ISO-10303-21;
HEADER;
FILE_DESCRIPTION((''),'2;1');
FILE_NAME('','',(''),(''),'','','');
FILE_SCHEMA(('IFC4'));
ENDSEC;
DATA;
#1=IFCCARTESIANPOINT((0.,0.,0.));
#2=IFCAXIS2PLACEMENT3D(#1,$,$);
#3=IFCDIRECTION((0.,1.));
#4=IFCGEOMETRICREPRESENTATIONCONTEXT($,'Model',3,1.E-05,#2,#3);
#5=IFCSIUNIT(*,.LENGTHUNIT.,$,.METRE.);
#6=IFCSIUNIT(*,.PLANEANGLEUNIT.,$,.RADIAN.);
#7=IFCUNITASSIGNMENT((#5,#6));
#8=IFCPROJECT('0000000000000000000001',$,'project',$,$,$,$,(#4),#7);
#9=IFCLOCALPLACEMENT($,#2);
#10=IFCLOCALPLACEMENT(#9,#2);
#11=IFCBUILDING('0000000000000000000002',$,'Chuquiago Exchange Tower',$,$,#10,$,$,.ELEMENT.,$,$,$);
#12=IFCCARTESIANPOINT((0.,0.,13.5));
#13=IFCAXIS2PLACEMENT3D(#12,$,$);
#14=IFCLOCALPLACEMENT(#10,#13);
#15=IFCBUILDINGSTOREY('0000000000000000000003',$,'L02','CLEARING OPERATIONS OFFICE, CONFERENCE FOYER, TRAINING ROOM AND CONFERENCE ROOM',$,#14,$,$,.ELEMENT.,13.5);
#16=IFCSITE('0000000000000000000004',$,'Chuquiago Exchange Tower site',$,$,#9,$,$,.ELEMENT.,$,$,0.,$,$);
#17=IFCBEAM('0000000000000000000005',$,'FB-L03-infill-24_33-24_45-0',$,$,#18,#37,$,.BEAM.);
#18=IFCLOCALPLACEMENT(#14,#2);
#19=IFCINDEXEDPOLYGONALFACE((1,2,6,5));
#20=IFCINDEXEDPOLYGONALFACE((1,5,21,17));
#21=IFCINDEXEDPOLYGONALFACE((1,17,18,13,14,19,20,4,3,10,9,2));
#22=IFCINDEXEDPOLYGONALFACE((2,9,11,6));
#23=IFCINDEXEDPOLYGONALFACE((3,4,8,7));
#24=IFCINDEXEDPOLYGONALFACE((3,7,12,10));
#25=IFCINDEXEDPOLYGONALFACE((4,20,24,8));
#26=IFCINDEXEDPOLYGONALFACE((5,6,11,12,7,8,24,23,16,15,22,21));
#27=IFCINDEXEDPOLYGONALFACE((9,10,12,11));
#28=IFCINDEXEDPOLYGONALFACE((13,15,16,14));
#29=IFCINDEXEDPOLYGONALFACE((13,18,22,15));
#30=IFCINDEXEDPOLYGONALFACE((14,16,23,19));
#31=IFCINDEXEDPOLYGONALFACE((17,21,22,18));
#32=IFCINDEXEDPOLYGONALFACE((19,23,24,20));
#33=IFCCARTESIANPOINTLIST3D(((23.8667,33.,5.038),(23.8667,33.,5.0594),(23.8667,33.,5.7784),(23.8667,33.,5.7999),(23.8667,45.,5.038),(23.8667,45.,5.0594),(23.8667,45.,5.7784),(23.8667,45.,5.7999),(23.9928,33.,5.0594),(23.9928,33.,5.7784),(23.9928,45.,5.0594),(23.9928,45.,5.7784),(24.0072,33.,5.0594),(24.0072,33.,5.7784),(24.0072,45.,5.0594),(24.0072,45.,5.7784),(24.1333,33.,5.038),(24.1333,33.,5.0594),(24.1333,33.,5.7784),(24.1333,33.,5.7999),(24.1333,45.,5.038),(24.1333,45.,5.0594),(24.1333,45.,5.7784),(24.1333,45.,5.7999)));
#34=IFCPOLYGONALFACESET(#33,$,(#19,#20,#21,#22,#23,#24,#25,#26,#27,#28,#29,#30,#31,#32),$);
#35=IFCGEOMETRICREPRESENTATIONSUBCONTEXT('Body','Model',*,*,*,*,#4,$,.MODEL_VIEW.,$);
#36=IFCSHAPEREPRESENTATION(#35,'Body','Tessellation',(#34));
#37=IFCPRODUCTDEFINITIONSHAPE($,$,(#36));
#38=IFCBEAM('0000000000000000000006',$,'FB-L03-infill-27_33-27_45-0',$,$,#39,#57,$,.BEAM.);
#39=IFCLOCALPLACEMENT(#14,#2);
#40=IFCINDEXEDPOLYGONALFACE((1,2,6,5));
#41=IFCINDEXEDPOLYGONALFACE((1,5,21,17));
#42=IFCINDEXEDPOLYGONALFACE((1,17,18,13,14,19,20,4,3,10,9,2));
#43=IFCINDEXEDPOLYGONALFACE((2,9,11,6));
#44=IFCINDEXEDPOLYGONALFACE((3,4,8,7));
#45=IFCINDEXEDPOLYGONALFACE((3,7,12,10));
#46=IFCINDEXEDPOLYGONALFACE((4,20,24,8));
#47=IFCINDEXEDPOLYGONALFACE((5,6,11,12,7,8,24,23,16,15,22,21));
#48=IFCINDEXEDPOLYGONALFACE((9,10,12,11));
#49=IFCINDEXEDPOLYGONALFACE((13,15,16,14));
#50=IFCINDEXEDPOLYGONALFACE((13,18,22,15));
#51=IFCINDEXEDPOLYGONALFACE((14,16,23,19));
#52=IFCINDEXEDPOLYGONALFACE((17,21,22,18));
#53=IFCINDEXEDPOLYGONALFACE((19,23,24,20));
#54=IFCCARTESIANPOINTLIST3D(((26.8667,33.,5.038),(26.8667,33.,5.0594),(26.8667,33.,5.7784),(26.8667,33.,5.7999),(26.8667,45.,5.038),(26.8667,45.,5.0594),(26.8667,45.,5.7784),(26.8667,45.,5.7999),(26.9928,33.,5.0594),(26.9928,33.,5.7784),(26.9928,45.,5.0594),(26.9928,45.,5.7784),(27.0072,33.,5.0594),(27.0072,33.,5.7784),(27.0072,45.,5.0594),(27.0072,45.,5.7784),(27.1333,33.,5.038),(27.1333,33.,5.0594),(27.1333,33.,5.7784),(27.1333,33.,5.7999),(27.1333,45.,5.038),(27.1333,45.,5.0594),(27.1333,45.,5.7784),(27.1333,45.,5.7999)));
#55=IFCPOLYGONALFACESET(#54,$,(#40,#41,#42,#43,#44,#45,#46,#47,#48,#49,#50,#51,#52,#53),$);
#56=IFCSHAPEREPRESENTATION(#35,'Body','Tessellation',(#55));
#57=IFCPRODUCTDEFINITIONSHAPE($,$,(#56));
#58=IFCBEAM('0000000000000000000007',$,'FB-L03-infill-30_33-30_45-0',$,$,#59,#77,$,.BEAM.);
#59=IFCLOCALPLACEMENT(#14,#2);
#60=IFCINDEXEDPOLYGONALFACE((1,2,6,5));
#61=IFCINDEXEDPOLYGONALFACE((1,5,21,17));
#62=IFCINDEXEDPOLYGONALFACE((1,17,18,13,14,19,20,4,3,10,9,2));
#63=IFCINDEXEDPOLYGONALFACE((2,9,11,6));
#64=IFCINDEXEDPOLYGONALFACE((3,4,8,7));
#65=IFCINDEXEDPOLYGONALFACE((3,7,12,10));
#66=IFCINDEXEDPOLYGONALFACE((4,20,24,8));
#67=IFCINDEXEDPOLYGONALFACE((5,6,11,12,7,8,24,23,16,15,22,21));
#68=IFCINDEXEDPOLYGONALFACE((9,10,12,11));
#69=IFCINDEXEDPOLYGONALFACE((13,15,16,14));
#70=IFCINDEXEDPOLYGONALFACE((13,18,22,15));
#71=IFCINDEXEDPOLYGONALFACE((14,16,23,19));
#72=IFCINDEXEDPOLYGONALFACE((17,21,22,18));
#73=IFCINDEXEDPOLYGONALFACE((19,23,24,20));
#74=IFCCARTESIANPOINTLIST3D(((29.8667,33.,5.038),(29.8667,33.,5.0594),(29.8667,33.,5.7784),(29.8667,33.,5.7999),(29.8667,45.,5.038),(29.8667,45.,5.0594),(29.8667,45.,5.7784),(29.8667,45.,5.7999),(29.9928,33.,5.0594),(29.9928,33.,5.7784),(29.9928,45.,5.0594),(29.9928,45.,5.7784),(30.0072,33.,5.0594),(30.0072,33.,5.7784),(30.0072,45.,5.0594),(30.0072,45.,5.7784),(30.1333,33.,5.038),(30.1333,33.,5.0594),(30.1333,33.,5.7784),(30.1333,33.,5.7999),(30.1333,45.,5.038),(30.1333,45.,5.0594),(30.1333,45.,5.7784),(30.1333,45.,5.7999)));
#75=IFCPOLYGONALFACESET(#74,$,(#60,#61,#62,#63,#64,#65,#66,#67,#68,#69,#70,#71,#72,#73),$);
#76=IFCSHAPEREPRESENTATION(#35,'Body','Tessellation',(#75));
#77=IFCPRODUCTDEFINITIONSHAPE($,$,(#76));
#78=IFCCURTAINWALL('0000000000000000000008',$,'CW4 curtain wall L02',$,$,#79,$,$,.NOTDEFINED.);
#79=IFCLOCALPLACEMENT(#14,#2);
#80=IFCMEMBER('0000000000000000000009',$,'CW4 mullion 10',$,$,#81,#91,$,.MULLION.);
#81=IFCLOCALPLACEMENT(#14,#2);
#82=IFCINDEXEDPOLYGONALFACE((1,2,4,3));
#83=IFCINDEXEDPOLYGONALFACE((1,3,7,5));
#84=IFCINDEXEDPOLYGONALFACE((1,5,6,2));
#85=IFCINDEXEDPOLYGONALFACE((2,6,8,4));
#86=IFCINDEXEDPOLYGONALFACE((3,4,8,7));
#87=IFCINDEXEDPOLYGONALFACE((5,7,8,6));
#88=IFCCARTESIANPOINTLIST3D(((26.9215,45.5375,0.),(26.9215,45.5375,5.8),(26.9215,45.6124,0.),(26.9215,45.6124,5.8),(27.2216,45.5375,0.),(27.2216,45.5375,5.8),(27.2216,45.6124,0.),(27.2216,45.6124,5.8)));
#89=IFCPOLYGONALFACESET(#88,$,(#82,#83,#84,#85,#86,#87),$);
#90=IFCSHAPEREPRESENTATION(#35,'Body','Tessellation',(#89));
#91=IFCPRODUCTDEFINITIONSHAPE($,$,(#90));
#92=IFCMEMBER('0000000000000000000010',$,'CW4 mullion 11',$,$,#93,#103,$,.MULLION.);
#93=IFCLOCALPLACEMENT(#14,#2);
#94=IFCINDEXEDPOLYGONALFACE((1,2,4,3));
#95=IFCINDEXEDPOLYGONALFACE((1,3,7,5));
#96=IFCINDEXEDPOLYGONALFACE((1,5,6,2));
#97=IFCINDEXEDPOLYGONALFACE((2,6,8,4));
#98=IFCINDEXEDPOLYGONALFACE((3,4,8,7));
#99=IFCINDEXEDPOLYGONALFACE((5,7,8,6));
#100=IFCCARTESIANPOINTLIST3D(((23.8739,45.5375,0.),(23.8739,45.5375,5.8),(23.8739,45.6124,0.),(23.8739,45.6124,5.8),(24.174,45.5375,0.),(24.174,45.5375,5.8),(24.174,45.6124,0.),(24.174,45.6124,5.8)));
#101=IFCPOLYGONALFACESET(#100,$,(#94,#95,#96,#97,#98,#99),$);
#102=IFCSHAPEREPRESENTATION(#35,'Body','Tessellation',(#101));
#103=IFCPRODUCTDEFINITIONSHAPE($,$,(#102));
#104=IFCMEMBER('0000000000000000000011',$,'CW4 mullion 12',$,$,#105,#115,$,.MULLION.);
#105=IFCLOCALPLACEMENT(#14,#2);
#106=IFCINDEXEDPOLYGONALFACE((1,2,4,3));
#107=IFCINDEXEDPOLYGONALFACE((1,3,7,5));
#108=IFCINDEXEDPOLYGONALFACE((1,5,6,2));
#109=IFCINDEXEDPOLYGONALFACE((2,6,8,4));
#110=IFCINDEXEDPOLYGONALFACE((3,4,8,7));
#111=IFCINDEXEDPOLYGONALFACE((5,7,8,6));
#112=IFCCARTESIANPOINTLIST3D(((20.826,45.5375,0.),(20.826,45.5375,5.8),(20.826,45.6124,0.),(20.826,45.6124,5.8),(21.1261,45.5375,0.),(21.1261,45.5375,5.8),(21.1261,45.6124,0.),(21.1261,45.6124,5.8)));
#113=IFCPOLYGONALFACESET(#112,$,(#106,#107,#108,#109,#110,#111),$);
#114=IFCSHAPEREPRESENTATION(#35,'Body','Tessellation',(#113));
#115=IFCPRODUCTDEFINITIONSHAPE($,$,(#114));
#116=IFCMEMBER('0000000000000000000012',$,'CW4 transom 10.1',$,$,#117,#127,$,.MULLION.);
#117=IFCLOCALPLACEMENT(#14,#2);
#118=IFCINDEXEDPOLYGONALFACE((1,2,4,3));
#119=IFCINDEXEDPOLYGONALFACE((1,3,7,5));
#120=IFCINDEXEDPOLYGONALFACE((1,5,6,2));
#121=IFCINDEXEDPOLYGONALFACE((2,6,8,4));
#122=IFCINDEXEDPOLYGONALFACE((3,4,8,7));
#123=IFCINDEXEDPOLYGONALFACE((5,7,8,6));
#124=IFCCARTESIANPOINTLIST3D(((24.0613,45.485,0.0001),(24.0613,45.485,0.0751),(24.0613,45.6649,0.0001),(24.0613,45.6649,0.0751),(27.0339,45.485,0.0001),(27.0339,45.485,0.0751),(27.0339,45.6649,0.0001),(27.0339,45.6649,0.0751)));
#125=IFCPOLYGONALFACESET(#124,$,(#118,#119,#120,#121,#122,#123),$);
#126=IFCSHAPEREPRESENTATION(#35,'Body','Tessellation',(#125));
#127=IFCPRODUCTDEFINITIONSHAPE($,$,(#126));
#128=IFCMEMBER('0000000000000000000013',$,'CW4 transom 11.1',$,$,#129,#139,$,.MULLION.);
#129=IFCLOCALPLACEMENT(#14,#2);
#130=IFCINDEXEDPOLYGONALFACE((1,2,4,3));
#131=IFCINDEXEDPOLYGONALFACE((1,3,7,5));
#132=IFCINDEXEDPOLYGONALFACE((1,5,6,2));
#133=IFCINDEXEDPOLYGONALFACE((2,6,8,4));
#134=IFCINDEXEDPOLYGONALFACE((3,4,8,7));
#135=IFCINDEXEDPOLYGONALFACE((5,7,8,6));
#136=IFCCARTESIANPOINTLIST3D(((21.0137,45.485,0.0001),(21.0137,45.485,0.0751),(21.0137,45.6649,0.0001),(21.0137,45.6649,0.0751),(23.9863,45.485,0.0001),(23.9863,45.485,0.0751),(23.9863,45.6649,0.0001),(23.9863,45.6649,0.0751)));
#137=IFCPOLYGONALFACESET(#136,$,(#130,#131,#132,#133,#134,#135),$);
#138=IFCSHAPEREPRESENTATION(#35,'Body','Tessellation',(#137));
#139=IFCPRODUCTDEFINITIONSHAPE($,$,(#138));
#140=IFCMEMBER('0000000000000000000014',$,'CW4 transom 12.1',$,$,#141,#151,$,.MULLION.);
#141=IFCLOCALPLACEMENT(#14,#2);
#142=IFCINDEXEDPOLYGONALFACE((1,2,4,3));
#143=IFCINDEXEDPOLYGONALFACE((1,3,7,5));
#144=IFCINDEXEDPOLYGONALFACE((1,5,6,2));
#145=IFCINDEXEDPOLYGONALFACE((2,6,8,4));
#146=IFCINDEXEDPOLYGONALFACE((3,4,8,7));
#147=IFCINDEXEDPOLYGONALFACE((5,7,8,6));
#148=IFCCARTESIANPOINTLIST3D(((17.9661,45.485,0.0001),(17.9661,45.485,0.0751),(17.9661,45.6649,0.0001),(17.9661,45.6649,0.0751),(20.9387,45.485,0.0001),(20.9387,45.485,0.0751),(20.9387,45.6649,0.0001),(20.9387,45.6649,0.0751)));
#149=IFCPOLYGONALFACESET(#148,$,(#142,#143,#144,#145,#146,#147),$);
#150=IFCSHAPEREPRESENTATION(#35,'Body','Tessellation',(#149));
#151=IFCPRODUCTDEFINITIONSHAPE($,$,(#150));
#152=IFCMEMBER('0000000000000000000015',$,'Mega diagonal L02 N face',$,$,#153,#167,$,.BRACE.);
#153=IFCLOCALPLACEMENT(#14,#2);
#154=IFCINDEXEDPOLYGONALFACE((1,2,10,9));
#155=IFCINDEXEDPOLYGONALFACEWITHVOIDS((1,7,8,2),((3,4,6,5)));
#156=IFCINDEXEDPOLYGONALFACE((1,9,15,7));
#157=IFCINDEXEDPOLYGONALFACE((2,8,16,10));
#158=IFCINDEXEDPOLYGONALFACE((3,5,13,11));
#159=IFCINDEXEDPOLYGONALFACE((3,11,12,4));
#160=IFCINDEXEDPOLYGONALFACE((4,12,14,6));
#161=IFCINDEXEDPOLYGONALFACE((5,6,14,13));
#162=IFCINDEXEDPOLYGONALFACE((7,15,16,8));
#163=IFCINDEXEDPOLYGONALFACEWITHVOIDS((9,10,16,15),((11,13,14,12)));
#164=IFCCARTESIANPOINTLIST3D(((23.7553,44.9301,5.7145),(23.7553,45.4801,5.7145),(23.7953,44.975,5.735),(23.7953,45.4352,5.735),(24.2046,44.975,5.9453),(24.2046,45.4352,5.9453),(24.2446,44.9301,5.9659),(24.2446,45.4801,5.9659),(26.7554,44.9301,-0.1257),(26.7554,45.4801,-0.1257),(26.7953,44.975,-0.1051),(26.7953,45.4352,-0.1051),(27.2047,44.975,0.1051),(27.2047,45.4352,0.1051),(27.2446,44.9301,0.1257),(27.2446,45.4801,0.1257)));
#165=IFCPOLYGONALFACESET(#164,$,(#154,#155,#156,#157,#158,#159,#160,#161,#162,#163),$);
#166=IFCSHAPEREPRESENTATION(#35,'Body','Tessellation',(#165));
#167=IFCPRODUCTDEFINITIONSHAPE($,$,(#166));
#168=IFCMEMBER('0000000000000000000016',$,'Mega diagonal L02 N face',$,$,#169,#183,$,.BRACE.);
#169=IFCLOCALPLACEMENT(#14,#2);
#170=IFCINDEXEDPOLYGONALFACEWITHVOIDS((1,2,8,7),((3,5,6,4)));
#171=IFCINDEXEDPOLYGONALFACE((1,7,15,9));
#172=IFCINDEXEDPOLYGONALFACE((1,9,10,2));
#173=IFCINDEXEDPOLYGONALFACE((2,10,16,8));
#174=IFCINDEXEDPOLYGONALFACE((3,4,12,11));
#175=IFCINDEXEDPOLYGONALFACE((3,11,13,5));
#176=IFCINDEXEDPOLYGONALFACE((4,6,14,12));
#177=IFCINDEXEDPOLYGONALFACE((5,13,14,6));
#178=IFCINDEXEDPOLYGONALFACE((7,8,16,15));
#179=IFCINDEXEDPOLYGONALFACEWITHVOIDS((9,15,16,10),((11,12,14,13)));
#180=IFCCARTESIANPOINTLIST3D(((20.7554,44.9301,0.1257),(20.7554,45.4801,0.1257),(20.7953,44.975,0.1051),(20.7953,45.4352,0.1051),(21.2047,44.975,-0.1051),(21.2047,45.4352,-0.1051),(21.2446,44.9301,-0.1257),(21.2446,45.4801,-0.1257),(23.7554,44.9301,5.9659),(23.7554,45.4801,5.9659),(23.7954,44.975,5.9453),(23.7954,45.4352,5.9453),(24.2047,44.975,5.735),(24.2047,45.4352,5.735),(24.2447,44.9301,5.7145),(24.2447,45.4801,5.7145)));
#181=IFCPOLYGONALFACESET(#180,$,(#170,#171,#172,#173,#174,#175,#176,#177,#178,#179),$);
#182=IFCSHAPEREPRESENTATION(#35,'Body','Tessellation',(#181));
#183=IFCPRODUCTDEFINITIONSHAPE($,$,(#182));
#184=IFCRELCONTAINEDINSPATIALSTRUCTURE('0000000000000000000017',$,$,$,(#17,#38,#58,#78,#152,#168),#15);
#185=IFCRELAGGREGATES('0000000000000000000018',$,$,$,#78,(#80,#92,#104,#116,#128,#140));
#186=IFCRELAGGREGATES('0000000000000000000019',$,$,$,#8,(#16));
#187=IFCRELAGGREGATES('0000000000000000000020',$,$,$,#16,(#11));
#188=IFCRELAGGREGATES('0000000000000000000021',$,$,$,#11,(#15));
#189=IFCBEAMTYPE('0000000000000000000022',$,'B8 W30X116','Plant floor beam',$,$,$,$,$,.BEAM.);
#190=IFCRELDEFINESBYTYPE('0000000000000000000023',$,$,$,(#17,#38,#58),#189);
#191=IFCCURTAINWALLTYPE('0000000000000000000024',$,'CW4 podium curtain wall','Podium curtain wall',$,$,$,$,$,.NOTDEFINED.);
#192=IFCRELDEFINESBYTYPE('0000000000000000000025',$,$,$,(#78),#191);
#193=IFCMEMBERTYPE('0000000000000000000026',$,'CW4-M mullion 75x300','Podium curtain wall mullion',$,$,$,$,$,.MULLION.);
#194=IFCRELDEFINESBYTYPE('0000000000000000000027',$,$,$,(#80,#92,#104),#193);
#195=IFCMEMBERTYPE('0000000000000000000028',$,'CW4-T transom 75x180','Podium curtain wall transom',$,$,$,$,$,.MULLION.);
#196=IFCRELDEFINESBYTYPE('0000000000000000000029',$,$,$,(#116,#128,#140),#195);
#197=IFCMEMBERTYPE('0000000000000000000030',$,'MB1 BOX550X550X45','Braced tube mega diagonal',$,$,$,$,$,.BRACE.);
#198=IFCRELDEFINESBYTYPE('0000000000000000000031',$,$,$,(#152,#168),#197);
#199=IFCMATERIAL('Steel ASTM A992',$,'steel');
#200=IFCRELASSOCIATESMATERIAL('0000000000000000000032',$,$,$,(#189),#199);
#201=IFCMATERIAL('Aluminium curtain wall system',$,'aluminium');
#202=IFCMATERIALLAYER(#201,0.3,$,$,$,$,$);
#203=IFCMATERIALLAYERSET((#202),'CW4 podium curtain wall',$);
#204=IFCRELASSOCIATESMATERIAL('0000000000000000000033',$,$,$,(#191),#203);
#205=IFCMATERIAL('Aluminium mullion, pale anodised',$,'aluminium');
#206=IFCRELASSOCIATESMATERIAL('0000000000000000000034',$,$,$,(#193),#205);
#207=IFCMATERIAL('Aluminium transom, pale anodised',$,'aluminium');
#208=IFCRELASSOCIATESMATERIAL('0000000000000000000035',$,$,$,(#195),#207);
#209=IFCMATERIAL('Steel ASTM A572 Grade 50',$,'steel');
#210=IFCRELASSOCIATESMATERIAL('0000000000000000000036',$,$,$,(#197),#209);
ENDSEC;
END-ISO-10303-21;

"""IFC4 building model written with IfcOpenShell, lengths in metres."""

from ifc_helpers import new_model, si_unit, direction, frame, origin, origin_2d, place, context, subcontext, project, spatial, rectangle, hollow_rectangle, i_section, extrude, material, layer, layer_set, material_profile, profile_set, type_object, element, aggregate, save


model = new_model("IFC4")

# Units and contexts
model_context = context("Model", 3, precision=1e-05, world=origin(), true_north=direction((0.0, 1.0)))
body_context = subcontext(model_context, "Body", "Model", "MODEL_VIEW")
ifc_project = project(units=[si_unit("LENGTHUNIT", "METRE"), si_unit("PLANEANGLEUNIT", "RADIAN")], contexts=[model_context])

# Site, building, storey
site_placement = place(None, origin())
site = spatial("IfcSite", under=ifc_project, at=site_placement, Name="Chuquiago Exchange Tower site", CompositionType="ELEMENT", RefElevation=0.0)
building_placement = place(site_placement, origin())
building = spatial("IfcBuilding", under=site, at=building_placement, Name="Chuquiago Exchange Tower", CompositionType="ELEMENT")
storey_placement = place(building_placement, frame((0.0, 0.0, 13.5)))
storey = spatial("IfcBuildingStorey", under=building, at=storey_placement, Name="L02", Description="CLEARING OPERATIONS OFFICE, CONFERENCE FOYER, TRAINING ROOM AND CONFERENCE ROOM", CompositionType="ELEMENT", Elevation=13.5)

# Beams
ifc_material_1 = material(Name="Steel ASTM A992", Category="steel")
ifc_material_profile_1 = material_profile(ifc_material_1, i_section(OverallWidth=0.2666, OverallDepth=0.762, WebThickness=0.0144, FlangeThickness=0.0215, at=origin_2d()), Name="W30X116")
ifc_profile_set_1 = profile_set([ifc_material_profile_1], Name="Steel ASTM A992")
beam_type_1 = type_object("IfcBeamType", Name="B8 W30X116", Description="Plant floor beam", PredefinedType="BEAM", material=ifc_profile_set_1)
for number, where, z_axis, x_axis, name in (
    (1, (24.0, 33.0, 5.4189), (0.0, 1.0, 0.0), (-1.0, 0.0, 0.0), "FB-L03-infill-24_33-24_45-0"),
    (2, (27.0, 33.0, 5.4189), (0.0, 1.0, 0.0), (-1.0, 0.0, 0.0), "FB-L03-infill-27_33-27_45-0"),
    (3, (30.0, 33.0, 5.4189), (0.0, 1.0, 0.0), (-1.0, 0.0, 0.0), "FB-L03-infill-30_33-30_45-0"),
):
    element("IfcBeam", number, at=place(storey_placement, frame(where, z_axis=z_axis, x_axis=x_axis)), inside=storey, type_object=beam_type_1, Name=name, PredefinedType="BEAM", context=body_context, shape_type="SweptSolid", body=[
        extrude(i_section(OverallWidth=0.2666, OverallDepth=0.762, WebThickness=0.0144, FlangeThickness=0.0215, at=origin_2d()), origin(), (0.0, 0.0, 1.0), 12.0),
    ])

# Curtain wall, members
ifc_material_2 = material(Name="Aluminium curtain wall system", Category="aluminium")
ifc_layer_1 = layer(ifc_material_2, 0.3)
ifc_layer_set_1 = layer_set([ifc_layer_1], Name="CW4 podium curtain wall")
curtain_wall_type = type_object("IfcCurtainWallType", Name="CW4 podium curtain wall", Description="Podium curtain wall", PredefinedType="NOTDEFINED", material=ifc_layer_set_1)
curtain_wall_placement = place(storey_placement, origin())
curtain_wall = element("IfcCurtainWall", 4, at=curtain_wall_placement, inside=storey, type_object=curtain_wall_type, Name="CW4 curtain wall L02", PredefinedType="NOTDEFINED")
ifc_material_3 = material(Name="Aluminium mullion, pale anodised", Category="aluminium")
ifc_material_profile_2 = material_profile(ifc_material_3, rectangle(XDim=0.075, YDim=0.3, at=origin_2d()), Name="AL 75x300")
ifc_profile_set_2 = profile_set([ifc_material_profile_2], Name="Aluminium mullion, pale anodised")
member_type_1 = type_object("IfcMemberType", Name="CW4-M mullion 75x300", Description="Podium curtain wall mullion", PredefinedType="MULLION", material=ifc_profile_set_2)
member_1_placement = place(storey_placement, frame((27.0715, 45.575, 0.0), z_axis=(0.0, 0.0, 1.0), x_axis=(0.0, -1.0, 0.0)))
member_1 = element("IfcMember", 5, at=member_1_placement, type_object=member_type_1, Name="CW4 mullion 10", PredefinedType="MULLION", context=body_context, shape_type="SweptSolid", body=[
    extrude(rectangle(XDim=0.075, YDim=0.3, at=origin_2d()), origin(), (0.0, 0.0, 1.0), 5.8),
])
member_2_placement = place(storey_placement, frame((24.0239, 45.575, 0.0), z_axis=(0.0, 0.0, 1.0), x_axis=(0.0, -1.0, 0.0)))
member_2 = element("IfcMember", 6, at=member_2_placement, type_object=member_type_1, Name="CW4 mullion 11", PredefinedType="MULLION", context=body_context, shape_type="SweptSolid", body=[
    extrude(rectangle(XDim=0.075, YDim=0.3, at=origin_2d()), origin(), (0.0, 0.0, 1.0), 5.8),
])
member_3_placement = place(storey_placement, frame((20.9761, 45.575, 0.0), z_axis=(0.0, 0.0, 1.0), x_axis=(0.0, -1.0, 0.0)))
member_3 = element("IfcMember", 7, at=member_3_placement, type_object=member_type_1, Name="CW4 mullion 12", PredefinedType="MULLION", context=body_context, shape_type="SweptSolid", body=[
    extrude(rectangle(XDim=0.075, YDim=0.3, at=origin_2d()), origin(), (0.0, 0.0, 1.0), 5.8),
])
ifc_material_4 = material(Name="Aluminium transom, pale anodised", Category="aluminium")
ifc_material_profile_3 = material_profile(ifc_material_4, rectangle(XDim=0.1799, YDim=0.075, at=origin_2d()), Name="AL 180x75")
ifc_profile_set_3 = profile_set([ifc_material_profile_3], Name="Aluminium transom, pale anodised")
member_type_2 = type_object("IfcMemberType", Name="CW4-T transom 75x180", Description="Podium curtain wall transom", PredefinedType="MULLION", material=ifc_profile_set_3)
member_4_placement = place(storey_placement, frame((27.0339, 45.575, 0.0376), z_axis=(-1.0, 0.0, 0.0), x_axis=(0.0, -1.0, 0.0)))
member_4 = element("IfcMember", 8, at=member_4_placement, type_object=member_type_2, Name="CW4 transom 10.1", PredefinedType="MULLION", context=body_context, shape_type="SweptSolid", body=[
    extrude(rectangle(XDim=0.1799, YDim=0.075, at=origin_2d()), origin(), (0.0, 0.0, 1.0), 2.9727),
])
member_5_placement = place(storey_placement, frame((23.9863, 45.575, 0.0376), z_axis=(-1.0, 0.0, 0.0), x_axis=(0.0, -1.0, 0.0)))
member_5 = element("IfcMember", 9, at=member_5_placement, type_object=member_type_2, Name="CW4 transom 11.1", PredefinedType="MULLION", context=body_context, shape_type="SweptSolid", body=[
    extrude(rectangle(XDim=0.1799, YDim=0.075, at=origin_2d()), origin(), (0.0, 0.0, 1.0), 2.9727),
])
member_6_placement = place(storey_placement, frame((20.9387, 45.575, 0.0376), z_axis=(-1.0, 0.0, 0.0), x_axis=(0.0, -1.0, 0.0)))
member_6 = element("IfcMember", 10, at=member_6_placement, type_object=member_type_2, Name="CW4 transom 12.1", PredefinedType="MULLION", context=body_context, shape_type="SweptSolid", body=[
    extrude(rectangle(XDim=0.1799, YDim=0.075, at=origin_2d()), origin(), (0.0, 0.0, 1.0), 2.9727),
])

# Members
ifc_material_5 = material(Name="Steel ASTM A572 Grade 50", Category="steel")
ifc_material_profile_4 = material_profile(ifc_material_5, hollow_rectangle(XDim=0.55, YDim=0.55, WallThickness=0.0449, at=origin_2d()), Name="BOX550X550X45")
ifc_profile_set_4 = profile_set([ifc_material_profile_4], Name="Steel ASTM A572 Grade 50")
member_type_3 = type_object("IfcMemberType", Name="MB1 BOX550X550X45", Description="Braced tube mega diagonal", PredefinedType="BRACE", material=ifc_profile_set_4)
for number, where, z_axis, x_axis, name in (
    (11, (27.0, 45.2051, 0.0), (-0.45693, 0.0, 0.889503), (0.0, -1.0, 0.0), "Mega diagonal L02 N face"),
    (12, (21.0, 45.2051, 0.0), (0.45693, 0.0, 0.889503), (0.0, 1.0, 0.0), "Mega diagonal L02 N face"),
):
    element("IfcMember", number, at=place(storey_placement, frame(where, z_axis=z_axis, x_axis=x_axis)), inside=storey, type_object=member_type_3, Name=name, PredefinedType="BRACE", context=body_context, shape_type="SweptSolid", body=[
        extrude(hollow_rectangle(XDim=0.55, YDim=0.55, WallThickness=0.0449, at=origin_2d()), origin(), (0.0, 0.0, 1.0), 6.5657),
    ])

aggregate(curtain_wall, [member_1, member_2, member_3, member_4, member_5, member_6])

save(model, "model.ifc")
